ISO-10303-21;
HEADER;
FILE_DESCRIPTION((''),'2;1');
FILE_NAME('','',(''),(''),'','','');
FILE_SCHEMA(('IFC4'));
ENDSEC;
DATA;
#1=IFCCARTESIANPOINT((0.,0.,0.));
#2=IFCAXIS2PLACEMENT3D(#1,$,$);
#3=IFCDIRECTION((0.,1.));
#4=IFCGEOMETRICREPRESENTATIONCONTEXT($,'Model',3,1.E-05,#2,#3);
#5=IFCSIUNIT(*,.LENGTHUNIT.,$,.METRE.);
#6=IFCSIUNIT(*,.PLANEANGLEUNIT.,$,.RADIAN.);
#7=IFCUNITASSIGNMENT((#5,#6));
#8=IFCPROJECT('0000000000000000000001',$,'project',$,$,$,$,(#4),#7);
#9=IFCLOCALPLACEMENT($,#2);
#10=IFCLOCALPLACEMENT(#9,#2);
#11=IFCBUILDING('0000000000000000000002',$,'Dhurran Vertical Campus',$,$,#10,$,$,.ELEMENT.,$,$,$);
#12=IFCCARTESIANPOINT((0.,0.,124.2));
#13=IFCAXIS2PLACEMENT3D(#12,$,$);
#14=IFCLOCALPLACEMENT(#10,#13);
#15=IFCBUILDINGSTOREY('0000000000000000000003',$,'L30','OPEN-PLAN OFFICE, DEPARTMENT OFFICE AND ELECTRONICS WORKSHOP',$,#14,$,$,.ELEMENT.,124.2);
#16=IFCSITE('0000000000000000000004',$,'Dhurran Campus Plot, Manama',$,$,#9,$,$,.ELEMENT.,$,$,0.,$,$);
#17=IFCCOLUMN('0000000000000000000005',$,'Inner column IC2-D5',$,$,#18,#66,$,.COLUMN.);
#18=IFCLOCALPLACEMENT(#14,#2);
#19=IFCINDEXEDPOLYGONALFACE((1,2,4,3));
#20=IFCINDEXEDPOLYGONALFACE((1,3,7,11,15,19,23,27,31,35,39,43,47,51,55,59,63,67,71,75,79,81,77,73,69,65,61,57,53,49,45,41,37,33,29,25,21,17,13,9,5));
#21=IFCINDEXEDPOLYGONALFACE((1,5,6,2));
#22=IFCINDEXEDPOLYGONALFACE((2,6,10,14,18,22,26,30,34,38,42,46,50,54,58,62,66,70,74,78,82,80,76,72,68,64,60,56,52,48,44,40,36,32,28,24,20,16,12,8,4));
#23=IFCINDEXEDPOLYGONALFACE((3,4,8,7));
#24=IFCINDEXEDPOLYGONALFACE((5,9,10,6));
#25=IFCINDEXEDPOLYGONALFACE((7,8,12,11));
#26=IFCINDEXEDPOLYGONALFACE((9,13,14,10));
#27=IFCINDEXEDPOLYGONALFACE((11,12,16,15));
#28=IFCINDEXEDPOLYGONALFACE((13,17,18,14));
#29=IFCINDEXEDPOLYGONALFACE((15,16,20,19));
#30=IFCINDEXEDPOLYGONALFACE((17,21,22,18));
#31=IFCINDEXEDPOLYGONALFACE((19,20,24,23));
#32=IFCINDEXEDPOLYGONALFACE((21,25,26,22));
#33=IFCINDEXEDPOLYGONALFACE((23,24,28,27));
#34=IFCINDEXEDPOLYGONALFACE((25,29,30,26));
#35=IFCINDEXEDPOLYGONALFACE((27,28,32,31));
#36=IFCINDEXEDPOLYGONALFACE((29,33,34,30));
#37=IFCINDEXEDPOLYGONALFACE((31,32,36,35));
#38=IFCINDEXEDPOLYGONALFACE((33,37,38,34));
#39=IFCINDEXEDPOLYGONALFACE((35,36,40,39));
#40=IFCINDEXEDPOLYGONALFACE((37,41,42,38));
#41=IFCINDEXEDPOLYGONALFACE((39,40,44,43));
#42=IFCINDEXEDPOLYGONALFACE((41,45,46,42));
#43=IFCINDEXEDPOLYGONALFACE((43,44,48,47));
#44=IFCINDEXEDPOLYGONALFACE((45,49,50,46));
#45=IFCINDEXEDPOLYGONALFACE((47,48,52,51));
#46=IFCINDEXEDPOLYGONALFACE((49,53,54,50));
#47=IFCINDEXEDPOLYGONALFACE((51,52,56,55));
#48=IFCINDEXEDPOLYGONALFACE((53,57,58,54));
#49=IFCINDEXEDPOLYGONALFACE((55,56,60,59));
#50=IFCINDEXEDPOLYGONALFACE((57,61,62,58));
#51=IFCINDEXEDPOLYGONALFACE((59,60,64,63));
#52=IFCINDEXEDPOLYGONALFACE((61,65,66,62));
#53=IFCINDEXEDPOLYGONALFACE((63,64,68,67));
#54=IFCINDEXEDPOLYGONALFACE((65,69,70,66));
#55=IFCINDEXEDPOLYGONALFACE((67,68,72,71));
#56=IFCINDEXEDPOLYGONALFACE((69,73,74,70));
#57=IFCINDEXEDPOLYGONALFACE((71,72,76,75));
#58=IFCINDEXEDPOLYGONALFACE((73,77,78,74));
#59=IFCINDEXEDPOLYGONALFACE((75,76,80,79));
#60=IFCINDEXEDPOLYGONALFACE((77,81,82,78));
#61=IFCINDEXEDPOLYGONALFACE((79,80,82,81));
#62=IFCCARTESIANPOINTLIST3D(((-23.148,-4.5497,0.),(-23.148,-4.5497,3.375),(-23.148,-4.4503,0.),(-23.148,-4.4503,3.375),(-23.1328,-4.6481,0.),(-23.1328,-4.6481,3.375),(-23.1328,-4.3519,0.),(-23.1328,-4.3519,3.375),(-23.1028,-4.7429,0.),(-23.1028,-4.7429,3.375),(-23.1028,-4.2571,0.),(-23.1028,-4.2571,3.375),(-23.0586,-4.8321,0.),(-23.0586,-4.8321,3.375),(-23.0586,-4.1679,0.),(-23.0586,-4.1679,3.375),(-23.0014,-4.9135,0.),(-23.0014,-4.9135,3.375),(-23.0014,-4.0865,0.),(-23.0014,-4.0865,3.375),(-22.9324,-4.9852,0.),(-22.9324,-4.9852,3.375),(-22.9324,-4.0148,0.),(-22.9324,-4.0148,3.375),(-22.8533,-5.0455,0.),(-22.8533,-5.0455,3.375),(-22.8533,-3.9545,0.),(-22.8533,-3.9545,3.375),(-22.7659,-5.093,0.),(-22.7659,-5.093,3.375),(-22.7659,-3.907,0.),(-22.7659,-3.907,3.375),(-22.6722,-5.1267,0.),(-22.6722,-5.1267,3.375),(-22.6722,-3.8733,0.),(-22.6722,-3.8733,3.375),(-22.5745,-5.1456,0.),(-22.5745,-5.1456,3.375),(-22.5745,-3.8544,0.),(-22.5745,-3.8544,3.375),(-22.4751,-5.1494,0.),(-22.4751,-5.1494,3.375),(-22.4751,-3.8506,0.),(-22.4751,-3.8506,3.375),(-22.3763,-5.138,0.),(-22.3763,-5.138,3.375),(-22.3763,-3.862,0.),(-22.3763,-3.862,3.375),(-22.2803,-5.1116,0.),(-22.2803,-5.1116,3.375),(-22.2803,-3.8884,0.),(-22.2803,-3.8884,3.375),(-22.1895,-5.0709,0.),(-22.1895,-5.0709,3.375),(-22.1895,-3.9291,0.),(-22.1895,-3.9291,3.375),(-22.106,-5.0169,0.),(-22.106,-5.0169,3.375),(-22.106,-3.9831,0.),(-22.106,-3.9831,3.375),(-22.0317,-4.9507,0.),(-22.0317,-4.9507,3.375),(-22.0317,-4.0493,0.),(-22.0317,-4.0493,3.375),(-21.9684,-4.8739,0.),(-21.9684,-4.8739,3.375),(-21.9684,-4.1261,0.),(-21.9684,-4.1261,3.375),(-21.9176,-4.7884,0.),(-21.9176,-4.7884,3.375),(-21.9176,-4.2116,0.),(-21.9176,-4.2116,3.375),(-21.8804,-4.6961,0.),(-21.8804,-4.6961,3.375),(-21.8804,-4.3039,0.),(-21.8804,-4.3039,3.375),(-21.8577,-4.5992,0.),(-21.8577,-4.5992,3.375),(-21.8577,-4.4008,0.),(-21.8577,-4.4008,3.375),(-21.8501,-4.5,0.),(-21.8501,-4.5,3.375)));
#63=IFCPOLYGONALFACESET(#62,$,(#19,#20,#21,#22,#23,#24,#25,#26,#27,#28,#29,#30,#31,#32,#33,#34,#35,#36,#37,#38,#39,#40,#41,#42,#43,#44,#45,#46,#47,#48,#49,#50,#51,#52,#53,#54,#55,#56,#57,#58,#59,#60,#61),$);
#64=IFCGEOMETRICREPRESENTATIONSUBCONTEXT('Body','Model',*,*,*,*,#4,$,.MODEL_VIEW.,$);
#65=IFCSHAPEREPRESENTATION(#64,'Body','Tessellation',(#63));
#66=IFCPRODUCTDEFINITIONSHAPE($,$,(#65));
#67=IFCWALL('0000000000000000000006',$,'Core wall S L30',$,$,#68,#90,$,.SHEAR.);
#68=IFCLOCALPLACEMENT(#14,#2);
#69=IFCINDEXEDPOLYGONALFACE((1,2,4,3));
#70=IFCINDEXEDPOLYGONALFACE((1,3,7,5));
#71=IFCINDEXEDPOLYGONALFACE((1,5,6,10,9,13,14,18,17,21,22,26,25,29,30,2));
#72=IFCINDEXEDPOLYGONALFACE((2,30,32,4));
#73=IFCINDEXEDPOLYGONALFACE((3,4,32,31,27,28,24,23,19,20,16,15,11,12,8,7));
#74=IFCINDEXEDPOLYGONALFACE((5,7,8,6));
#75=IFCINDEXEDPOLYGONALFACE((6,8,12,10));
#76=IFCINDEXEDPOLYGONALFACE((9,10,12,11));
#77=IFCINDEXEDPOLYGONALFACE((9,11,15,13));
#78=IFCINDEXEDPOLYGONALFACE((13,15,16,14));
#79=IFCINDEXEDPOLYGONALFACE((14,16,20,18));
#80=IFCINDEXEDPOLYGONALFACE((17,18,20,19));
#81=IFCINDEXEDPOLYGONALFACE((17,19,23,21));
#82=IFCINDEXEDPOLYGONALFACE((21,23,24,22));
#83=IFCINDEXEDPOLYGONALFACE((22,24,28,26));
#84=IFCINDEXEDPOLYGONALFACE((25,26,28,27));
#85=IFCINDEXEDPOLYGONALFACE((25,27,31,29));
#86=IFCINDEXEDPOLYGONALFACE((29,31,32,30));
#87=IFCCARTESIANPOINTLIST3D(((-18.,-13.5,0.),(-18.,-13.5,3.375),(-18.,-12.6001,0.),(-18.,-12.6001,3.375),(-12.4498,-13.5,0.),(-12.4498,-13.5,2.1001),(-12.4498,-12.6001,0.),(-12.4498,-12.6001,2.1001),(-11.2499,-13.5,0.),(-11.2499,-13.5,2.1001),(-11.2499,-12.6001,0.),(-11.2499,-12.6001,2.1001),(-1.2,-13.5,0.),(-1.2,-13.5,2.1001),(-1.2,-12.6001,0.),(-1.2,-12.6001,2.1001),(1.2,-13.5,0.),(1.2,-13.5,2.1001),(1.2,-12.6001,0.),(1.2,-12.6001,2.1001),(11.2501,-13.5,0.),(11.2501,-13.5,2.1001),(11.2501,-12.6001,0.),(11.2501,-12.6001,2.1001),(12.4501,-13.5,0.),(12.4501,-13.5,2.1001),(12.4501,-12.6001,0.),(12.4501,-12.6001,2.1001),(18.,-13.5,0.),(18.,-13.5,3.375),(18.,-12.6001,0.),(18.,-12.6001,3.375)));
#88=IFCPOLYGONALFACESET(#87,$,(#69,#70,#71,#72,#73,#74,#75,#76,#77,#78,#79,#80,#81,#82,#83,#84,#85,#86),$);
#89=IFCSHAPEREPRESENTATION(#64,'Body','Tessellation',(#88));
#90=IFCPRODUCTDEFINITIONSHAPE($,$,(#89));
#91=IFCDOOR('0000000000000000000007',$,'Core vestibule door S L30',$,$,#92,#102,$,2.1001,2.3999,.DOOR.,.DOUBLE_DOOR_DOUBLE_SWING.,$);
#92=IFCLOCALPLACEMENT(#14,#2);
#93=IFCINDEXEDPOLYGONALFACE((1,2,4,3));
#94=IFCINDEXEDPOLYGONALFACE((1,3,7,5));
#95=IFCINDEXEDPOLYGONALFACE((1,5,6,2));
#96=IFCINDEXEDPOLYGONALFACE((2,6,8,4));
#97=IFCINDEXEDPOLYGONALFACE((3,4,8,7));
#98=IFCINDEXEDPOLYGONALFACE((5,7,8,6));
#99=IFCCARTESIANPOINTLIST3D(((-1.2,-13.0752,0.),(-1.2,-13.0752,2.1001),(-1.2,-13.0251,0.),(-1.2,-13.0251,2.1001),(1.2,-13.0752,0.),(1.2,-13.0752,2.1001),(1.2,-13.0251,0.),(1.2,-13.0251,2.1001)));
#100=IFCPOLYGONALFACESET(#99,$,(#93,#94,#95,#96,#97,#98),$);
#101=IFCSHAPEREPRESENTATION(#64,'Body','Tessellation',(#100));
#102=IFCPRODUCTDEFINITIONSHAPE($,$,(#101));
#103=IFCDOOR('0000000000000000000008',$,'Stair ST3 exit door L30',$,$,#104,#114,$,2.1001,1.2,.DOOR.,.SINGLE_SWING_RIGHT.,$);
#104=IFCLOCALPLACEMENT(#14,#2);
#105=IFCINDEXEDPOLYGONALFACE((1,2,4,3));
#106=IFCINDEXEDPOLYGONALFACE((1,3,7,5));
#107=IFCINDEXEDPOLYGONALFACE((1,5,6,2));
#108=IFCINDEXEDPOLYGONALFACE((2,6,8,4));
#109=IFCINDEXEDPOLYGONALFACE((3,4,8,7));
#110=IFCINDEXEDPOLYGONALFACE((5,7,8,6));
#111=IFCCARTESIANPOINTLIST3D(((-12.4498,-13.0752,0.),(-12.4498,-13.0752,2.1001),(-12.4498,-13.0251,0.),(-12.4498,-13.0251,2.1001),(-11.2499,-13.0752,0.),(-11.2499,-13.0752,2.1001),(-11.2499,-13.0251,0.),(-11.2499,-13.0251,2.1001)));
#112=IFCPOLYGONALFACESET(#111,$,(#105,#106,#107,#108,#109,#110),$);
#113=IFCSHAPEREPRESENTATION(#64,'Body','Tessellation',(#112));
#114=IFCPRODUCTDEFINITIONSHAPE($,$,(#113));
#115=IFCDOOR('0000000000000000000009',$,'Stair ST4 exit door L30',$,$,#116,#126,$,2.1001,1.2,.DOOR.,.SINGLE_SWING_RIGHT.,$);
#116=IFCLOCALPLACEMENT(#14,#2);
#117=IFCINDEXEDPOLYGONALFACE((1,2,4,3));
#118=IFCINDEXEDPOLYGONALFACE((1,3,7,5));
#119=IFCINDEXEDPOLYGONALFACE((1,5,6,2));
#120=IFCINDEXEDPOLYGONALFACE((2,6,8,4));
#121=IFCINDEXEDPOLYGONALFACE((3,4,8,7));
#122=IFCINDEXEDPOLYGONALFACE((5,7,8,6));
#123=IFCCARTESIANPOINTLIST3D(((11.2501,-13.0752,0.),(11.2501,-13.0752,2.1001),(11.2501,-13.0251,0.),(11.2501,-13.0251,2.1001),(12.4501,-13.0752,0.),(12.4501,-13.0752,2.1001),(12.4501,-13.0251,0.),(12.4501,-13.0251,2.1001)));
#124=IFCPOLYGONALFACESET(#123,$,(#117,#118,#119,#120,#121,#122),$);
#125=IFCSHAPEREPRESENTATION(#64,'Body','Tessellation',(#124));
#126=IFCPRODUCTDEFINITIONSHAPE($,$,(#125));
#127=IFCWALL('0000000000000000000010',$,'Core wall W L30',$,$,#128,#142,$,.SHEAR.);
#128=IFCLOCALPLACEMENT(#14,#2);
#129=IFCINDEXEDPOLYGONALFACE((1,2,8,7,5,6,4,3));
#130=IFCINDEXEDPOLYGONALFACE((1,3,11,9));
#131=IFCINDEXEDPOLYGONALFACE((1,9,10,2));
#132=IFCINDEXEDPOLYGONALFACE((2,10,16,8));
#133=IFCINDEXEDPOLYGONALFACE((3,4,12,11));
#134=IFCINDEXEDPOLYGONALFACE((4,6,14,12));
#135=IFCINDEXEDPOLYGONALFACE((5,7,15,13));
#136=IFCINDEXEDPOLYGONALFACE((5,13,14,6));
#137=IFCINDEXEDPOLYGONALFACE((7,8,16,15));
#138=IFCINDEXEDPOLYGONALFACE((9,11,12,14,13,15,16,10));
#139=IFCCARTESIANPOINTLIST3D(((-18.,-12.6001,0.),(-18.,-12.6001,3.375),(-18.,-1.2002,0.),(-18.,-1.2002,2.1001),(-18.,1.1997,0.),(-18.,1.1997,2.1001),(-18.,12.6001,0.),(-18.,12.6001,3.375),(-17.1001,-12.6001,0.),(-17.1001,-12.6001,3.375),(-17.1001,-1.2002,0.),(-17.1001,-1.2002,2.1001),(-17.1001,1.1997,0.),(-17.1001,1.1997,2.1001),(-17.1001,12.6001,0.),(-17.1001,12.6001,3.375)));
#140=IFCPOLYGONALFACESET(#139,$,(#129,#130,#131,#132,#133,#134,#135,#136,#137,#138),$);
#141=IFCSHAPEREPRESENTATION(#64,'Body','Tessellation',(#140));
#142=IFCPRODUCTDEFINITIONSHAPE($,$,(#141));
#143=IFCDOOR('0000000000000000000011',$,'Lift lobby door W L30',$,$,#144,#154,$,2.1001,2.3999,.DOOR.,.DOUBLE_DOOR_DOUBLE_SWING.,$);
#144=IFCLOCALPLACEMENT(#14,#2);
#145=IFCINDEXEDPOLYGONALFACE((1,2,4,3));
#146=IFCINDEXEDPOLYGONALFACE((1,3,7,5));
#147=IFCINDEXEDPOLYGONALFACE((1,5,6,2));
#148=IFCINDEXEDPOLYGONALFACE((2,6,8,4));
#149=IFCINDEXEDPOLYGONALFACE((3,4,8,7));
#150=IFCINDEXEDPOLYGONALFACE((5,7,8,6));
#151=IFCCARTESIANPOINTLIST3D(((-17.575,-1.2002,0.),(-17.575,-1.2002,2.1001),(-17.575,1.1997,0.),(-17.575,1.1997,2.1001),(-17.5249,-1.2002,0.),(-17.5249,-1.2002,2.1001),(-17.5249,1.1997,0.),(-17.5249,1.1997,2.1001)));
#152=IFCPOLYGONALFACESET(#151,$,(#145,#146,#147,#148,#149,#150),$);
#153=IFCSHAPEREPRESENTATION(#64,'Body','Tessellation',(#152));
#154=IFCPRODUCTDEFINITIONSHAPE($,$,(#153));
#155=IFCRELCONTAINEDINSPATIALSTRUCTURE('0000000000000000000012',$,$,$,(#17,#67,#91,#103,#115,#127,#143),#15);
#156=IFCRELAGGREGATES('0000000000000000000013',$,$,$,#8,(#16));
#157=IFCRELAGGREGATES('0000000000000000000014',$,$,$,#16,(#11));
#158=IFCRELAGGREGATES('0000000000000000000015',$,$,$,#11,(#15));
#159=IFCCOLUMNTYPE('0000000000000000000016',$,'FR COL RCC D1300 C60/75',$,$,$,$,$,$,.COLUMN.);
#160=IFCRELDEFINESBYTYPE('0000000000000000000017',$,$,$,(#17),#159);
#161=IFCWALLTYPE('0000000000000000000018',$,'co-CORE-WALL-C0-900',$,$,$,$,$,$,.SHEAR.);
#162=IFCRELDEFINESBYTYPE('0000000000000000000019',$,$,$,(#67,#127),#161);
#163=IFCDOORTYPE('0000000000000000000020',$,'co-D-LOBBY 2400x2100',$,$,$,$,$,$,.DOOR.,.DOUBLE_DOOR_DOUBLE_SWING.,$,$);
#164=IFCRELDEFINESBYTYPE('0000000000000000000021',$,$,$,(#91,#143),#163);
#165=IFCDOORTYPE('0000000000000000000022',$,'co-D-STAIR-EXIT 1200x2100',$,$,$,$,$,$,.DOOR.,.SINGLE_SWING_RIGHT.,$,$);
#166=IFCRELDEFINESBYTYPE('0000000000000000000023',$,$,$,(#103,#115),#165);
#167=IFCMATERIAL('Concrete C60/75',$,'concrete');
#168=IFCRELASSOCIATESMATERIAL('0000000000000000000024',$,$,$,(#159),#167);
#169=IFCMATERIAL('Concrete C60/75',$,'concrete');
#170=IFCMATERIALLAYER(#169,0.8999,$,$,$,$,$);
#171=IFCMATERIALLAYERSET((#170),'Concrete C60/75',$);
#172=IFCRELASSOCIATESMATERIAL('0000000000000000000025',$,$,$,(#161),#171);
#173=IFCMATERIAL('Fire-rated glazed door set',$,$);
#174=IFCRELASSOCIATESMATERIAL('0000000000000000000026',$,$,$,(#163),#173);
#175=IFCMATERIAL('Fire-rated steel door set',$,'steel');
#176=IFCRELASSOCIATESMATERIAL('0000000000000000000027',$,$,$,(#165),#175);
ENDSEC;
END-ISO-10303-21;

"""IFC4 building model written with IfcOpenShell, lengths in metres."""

from ifc_helpers import new_model, si_unit, direction, frame, frame_2d, origin, origin_2d, place, context, subcontext, project, spatial, rectangle, circle, extrude, material, layer, layer_set, material_profile, profile_set, type_object, element, fill, save


model = new_model("IFC4")

# Units and contexts
model_context = context("Model", 3, precision=1e-05, world=origin(), true_north=direction((0.0, 1.0)))
body_context = subcontext(model_context, "Body", "Model", "MODEL_VIEW")
ifc_project = project(units=[si_unit("LENGTHUNIT", "METRE"), si_unit("PLANEANGLEUNIT", "RADIAN")], contexts=[model_context])

# Site, building, storey
site_placement = place(None, origin())
site = spatial("IfcSite", under=ifc_project, at=site_placement, Name="Dhurran Campus Plot, Manama", CompositionType="ELEMENT", RefElevation=0.0)
building_placement = place(site_placement, origin())
building = spatial("IfcBuilding", under=site, at=building_placement, Name="Dhurran Vertical Campus", CompositionType="ELEMENT")
storey_placement = place(building_placement, frame((0.0, 0.0, 124.2)))
storey = spatial("IfcBuildingStorey", under=building, at=storey_placement, Name="L30", Description="OPEN-PLAN OFFICE, DEPARTMENT OFFICE AND ELECTRONICS WORKSHOP", CompositionType="ELEMENT", Elevation=124.2)

# Column
ifc_material_1 = material(Name="Concrete C60/75", Category="concrete")
ifc_material_profile = material_profile(ifc_material_1, circle(Radius=0.6499, at=origin_2d()), Name="RCC D1300")
ifc_profile_set = profile_set([ifc_material_profile], Name="Concrete C60/75")
column_type = type_object("IfcColumnType", Name="FR COL RCC D1300 C60/75", PredefinedType="COLUMN", material=ifc_profile_set)
column_placement = place(storey_placement, frame((-22.5, -4.5, 0.0), z_axis=(0.0, 0.0, 1.0), x_axis=(1.0, 0.0, 0.0)))
element("IfcColumn", 1, at=column_placement, inside=storey, type_object=column_type, Name="Inner column IC2-D5", PredefinedType="COLUMN", context=body_context, shape_type="SweptSolid", body=[
    extrude(circle(Radius=0.6499, at=origin_2d()), origin(), (0.0, 0.0, 1.0), 3.375),
])

# Wall, openings, doors
ifc_material_2 = material(Name="Concrete C60/75", Category="concrete")
ifc_layer_1 = layer(ifc_material_2, 0.8999)
ifc_layer_set_1 = layer_set([ifc_layer_1], Name="Concrete C60/75")
wall_type_1 = type_object("IfcWallType", Name="co-CORE-WALL-C0-900", PredefinedType="SHEAR", material=ifc_layer_set_1)
wall_1_placement = place(storey_placement, frame((-18.0, -13.05, 0.0), z_axis=(0.0, 0.0, 1.0), x_axis=(1.0, 0.0, 0.0)))
wall_1 = element("IfcWall", 2, at=wall_1_placement, inside=storey, type_object=wall_type_1, Name="Core wall S L30", PredefinedType="SHEAR", context=body_context, shape_type="SweptSolid", body=[
    extrude(rectangle(XDim=36.0, YDim=0.8999, at=frame_2d((18.0, 0.0))), origin(), (0.0, 0.0, 1.0), 3.375),
])
opening_1_placement = place(wall_1_placement, frame((16.8, 0.0, 0.0)))
opening_1 = element("IfcOpeningElement", 3, at=opening_1_placement, cuts=wall_1, PredefinedType="OPENING", context=body_context, shape_type="SweptSolid", body=[
    extrude(rectangle(XDim=2.3999, YDim=2.1001, at=frame_2d((1.2, 1.05))), frame((0.0, 0.46, 0.0), z_axis=(0.0, -1.0, 0.0), x_axis=(1.0, 0.0, 0.0)), (0.0, 0.0, 1.0), 0.9199),
])
opening_2_placement = place(wall_1_placement, frame((5.55, 0.0, 0.0)))
opening_2 = element("IfcOpeningElement", 4, at=opening_2_placement, cuts=wall_1, PredefinedType="OPENING", context=body_context, shape_type="SweptSolid", body=[
    extrude(rectangle(XDim=1.2, YDim=2.1001, at=frame_2d((0.6001, 1.05))), frame((0.0, 0.46, 0.0), z_axis=(0.0, -1.0, 0.0), x_axis=(1.0, 0.0, 0.0)), (0.0, 0.0, 1.0), 0.9199),
])
opening_3_placement = place(wall_1_placement, frame((29.25, 0.0, 0.0)))
opening_3 = element("IfcOpeningElement", 5, at=opening_3_placement, cuts=wall_1, PredefinedType="OPENING", context=body_context, shape_type="SweptSolid", body=[
    extrude(rectangle(XDim=1.2, YDim=2.1001, at=frame_2d((0.6001, 1.05))), frame((0.0, 0.46, 0.0), z_axis=(0.0, -1.0, 0.0), x_axis=(1.0, 0.0, 0.0)), (0.0, 0.0, 1.0), 0.9199),
])
ifc_material_3 = material(Name="Fire-rated glazed door set")
door_type_1 = type_object("IfcDoorType", Name="co-D-LOBBY 2400x2100", OperationType="DOUBLE_DOOR_DOUBLE_SWING", PredefinedType="DOOR", material=ifc_material_3)
door_1_placement = place(opening_1_placement, origin())
door_1 = element("IfcDoor", 6, at=door_1_placement, inside=storey, type_object=door_type_1, Name="Core vestibule door S L30", OperationType="DOUBLE_DOOR_DOUBLE_SWING", OverallHeight=2.1001, OverallWidth=2.3999, PredefinedType="DOOR", context=body_context, shape_type="SweptSolid", body=[
    extrude(rectangle(XDim=2.3999, YDim=2.1001, at=frame_2d((1.2, 1.05))), frame((0.0, 0.0249, 0.0), z_axis=(0.0, -1.0, 0.0), x_axis=(1.0, 0.0, 0.0)), (0.0, 0.0, 1.0), 0.05),
])
fill(opening_1, door_1)
ifc_material_4 = material(Name="Fire-rated steel door set", Category="steel")
door_type_2 = type_object("IfcDoorType", Name="co-D-STAIR-EXIT 1200x2100", OperationType="SINGLE_SWING_RIGHT", PredefinedType="DOOR", material=ifc_material_4)
door_2_placement = place(opening_2_placement, origin())
door_2 = element("IfcDoor", 7, at=door_2_placement, inside=storey, type_object=door_type_2, Name="Stair ST3 exit door L30", OperationType="SINGLE_SWING_RIGHT", OverallHeight=2.1001, OverallWidth=1.2, PredefinedType="DOOR", context=body_context, shape_type="SweptSolid", body=[
    extrude(rectangle(XDim=1.2, YDim=2.1001, at=frame_2d((0.6001, 1.05))), frame((0.0, 0.0249, 0.0), z_axis=(0.0, -1.0, 0.0), x_axis=(1.0, 0.0, 0.0)), (0.0, 0.0, 1.0), 0.05),
])
fill(opening_2, door_2)
door_3_placement = place(opening_3_placement, origin())
door_3 = element("IfcDoor", 8, at=door_3_placement, inside=storey, type_object=door_type_2, Name="Stair ST4 exit door L30", OperationType="SINGLE_SWING_RIGHT", OverallHeight=2.1001, OverallWidth=1.2, PredefinedType="DOOR", context=body_context, shape_type="SweptSolid", body=[
    extrude(rectangle(XDim=1.2, YDim=2.1001, at=frame_2d((0.6001, 1.05))), frame((0.0, 0.0249, 0.0), z_axis=(0.0, -1.0, 0.0), x_axis=(1.0, 0.0, 0.0)), (0.0, 0.0, 1.0), 0.05),
])
fill(opening_3, door_3)

# Wall, opening, door
wall_2_placement = place(storey_placement, frame((-17.55, -12.6001, 0.0), z_axis=(0.0, 0.0, 1.0), x_axis=(0.0, 1.0, 0.0)))
wall_2 = element("IfcWall", 9, at=wall_2_placement, inside=storey, type_object=wall_type_1, Name="Core wall W L30", PredefinedType="SHEAR", context=body_context, shape_type="SweptSolid", body=[
    extrude(rectangle(XDim=25.2002, YDim=0.8999, at=frame_2d((12.6001, 0.0))), origin(), (0.0, 0.0, 1.0), 3.375),
])
opening_4_placement = place(wall_2_placement, frame((11.3999, 0.0, 0.0)))
opening_4 = element("IfcOpeningElement", 10, at=opening_4_placement, cuts=wall_2, PredefinedType="OPENING", context=body_context, shape_type="SweptSolid", body=[
    extrude(rectangle(XDim=2.3999, YDim=2.1001, at=frame_2d((1.2, 1.05))), frame((0.0, 0.46, 0.0), z_axis=(0.0, -1.0, 0.0), x_axis=(1.0, 0.0, 0.0)), (0.0, 0.0, 1.0), 0.9199),
])
door_4_placement = place(opening_4_placement, origin())
door_4 = element("IfcDoor", 11, at=door_4_placement, inside=storey, type_object=door_type_1, Name="Lift lobby door W L30", OperationType="DOUBLE_DOOR_DOUBLE_SWING", OverallHeight=2.1001, OverallWidth=2.3999, PredefinedType="DOOR", context=body_context, shape_type="SweptSolid", body=[
    extrude(rectangle(XDim=2.3999, YDim=2.1001, at=frame_2d((1.2, 1.05))), frame((0.0, 0.0249, 0.0), z_axis=(0.0, -1.0, 0.0), x_axis=(1.0, 0.0, 0.0)), (0.0, 0.0, 1.0), 0.05),
])
fill(opening_4, door_4)

save(model, "model.ifc")
